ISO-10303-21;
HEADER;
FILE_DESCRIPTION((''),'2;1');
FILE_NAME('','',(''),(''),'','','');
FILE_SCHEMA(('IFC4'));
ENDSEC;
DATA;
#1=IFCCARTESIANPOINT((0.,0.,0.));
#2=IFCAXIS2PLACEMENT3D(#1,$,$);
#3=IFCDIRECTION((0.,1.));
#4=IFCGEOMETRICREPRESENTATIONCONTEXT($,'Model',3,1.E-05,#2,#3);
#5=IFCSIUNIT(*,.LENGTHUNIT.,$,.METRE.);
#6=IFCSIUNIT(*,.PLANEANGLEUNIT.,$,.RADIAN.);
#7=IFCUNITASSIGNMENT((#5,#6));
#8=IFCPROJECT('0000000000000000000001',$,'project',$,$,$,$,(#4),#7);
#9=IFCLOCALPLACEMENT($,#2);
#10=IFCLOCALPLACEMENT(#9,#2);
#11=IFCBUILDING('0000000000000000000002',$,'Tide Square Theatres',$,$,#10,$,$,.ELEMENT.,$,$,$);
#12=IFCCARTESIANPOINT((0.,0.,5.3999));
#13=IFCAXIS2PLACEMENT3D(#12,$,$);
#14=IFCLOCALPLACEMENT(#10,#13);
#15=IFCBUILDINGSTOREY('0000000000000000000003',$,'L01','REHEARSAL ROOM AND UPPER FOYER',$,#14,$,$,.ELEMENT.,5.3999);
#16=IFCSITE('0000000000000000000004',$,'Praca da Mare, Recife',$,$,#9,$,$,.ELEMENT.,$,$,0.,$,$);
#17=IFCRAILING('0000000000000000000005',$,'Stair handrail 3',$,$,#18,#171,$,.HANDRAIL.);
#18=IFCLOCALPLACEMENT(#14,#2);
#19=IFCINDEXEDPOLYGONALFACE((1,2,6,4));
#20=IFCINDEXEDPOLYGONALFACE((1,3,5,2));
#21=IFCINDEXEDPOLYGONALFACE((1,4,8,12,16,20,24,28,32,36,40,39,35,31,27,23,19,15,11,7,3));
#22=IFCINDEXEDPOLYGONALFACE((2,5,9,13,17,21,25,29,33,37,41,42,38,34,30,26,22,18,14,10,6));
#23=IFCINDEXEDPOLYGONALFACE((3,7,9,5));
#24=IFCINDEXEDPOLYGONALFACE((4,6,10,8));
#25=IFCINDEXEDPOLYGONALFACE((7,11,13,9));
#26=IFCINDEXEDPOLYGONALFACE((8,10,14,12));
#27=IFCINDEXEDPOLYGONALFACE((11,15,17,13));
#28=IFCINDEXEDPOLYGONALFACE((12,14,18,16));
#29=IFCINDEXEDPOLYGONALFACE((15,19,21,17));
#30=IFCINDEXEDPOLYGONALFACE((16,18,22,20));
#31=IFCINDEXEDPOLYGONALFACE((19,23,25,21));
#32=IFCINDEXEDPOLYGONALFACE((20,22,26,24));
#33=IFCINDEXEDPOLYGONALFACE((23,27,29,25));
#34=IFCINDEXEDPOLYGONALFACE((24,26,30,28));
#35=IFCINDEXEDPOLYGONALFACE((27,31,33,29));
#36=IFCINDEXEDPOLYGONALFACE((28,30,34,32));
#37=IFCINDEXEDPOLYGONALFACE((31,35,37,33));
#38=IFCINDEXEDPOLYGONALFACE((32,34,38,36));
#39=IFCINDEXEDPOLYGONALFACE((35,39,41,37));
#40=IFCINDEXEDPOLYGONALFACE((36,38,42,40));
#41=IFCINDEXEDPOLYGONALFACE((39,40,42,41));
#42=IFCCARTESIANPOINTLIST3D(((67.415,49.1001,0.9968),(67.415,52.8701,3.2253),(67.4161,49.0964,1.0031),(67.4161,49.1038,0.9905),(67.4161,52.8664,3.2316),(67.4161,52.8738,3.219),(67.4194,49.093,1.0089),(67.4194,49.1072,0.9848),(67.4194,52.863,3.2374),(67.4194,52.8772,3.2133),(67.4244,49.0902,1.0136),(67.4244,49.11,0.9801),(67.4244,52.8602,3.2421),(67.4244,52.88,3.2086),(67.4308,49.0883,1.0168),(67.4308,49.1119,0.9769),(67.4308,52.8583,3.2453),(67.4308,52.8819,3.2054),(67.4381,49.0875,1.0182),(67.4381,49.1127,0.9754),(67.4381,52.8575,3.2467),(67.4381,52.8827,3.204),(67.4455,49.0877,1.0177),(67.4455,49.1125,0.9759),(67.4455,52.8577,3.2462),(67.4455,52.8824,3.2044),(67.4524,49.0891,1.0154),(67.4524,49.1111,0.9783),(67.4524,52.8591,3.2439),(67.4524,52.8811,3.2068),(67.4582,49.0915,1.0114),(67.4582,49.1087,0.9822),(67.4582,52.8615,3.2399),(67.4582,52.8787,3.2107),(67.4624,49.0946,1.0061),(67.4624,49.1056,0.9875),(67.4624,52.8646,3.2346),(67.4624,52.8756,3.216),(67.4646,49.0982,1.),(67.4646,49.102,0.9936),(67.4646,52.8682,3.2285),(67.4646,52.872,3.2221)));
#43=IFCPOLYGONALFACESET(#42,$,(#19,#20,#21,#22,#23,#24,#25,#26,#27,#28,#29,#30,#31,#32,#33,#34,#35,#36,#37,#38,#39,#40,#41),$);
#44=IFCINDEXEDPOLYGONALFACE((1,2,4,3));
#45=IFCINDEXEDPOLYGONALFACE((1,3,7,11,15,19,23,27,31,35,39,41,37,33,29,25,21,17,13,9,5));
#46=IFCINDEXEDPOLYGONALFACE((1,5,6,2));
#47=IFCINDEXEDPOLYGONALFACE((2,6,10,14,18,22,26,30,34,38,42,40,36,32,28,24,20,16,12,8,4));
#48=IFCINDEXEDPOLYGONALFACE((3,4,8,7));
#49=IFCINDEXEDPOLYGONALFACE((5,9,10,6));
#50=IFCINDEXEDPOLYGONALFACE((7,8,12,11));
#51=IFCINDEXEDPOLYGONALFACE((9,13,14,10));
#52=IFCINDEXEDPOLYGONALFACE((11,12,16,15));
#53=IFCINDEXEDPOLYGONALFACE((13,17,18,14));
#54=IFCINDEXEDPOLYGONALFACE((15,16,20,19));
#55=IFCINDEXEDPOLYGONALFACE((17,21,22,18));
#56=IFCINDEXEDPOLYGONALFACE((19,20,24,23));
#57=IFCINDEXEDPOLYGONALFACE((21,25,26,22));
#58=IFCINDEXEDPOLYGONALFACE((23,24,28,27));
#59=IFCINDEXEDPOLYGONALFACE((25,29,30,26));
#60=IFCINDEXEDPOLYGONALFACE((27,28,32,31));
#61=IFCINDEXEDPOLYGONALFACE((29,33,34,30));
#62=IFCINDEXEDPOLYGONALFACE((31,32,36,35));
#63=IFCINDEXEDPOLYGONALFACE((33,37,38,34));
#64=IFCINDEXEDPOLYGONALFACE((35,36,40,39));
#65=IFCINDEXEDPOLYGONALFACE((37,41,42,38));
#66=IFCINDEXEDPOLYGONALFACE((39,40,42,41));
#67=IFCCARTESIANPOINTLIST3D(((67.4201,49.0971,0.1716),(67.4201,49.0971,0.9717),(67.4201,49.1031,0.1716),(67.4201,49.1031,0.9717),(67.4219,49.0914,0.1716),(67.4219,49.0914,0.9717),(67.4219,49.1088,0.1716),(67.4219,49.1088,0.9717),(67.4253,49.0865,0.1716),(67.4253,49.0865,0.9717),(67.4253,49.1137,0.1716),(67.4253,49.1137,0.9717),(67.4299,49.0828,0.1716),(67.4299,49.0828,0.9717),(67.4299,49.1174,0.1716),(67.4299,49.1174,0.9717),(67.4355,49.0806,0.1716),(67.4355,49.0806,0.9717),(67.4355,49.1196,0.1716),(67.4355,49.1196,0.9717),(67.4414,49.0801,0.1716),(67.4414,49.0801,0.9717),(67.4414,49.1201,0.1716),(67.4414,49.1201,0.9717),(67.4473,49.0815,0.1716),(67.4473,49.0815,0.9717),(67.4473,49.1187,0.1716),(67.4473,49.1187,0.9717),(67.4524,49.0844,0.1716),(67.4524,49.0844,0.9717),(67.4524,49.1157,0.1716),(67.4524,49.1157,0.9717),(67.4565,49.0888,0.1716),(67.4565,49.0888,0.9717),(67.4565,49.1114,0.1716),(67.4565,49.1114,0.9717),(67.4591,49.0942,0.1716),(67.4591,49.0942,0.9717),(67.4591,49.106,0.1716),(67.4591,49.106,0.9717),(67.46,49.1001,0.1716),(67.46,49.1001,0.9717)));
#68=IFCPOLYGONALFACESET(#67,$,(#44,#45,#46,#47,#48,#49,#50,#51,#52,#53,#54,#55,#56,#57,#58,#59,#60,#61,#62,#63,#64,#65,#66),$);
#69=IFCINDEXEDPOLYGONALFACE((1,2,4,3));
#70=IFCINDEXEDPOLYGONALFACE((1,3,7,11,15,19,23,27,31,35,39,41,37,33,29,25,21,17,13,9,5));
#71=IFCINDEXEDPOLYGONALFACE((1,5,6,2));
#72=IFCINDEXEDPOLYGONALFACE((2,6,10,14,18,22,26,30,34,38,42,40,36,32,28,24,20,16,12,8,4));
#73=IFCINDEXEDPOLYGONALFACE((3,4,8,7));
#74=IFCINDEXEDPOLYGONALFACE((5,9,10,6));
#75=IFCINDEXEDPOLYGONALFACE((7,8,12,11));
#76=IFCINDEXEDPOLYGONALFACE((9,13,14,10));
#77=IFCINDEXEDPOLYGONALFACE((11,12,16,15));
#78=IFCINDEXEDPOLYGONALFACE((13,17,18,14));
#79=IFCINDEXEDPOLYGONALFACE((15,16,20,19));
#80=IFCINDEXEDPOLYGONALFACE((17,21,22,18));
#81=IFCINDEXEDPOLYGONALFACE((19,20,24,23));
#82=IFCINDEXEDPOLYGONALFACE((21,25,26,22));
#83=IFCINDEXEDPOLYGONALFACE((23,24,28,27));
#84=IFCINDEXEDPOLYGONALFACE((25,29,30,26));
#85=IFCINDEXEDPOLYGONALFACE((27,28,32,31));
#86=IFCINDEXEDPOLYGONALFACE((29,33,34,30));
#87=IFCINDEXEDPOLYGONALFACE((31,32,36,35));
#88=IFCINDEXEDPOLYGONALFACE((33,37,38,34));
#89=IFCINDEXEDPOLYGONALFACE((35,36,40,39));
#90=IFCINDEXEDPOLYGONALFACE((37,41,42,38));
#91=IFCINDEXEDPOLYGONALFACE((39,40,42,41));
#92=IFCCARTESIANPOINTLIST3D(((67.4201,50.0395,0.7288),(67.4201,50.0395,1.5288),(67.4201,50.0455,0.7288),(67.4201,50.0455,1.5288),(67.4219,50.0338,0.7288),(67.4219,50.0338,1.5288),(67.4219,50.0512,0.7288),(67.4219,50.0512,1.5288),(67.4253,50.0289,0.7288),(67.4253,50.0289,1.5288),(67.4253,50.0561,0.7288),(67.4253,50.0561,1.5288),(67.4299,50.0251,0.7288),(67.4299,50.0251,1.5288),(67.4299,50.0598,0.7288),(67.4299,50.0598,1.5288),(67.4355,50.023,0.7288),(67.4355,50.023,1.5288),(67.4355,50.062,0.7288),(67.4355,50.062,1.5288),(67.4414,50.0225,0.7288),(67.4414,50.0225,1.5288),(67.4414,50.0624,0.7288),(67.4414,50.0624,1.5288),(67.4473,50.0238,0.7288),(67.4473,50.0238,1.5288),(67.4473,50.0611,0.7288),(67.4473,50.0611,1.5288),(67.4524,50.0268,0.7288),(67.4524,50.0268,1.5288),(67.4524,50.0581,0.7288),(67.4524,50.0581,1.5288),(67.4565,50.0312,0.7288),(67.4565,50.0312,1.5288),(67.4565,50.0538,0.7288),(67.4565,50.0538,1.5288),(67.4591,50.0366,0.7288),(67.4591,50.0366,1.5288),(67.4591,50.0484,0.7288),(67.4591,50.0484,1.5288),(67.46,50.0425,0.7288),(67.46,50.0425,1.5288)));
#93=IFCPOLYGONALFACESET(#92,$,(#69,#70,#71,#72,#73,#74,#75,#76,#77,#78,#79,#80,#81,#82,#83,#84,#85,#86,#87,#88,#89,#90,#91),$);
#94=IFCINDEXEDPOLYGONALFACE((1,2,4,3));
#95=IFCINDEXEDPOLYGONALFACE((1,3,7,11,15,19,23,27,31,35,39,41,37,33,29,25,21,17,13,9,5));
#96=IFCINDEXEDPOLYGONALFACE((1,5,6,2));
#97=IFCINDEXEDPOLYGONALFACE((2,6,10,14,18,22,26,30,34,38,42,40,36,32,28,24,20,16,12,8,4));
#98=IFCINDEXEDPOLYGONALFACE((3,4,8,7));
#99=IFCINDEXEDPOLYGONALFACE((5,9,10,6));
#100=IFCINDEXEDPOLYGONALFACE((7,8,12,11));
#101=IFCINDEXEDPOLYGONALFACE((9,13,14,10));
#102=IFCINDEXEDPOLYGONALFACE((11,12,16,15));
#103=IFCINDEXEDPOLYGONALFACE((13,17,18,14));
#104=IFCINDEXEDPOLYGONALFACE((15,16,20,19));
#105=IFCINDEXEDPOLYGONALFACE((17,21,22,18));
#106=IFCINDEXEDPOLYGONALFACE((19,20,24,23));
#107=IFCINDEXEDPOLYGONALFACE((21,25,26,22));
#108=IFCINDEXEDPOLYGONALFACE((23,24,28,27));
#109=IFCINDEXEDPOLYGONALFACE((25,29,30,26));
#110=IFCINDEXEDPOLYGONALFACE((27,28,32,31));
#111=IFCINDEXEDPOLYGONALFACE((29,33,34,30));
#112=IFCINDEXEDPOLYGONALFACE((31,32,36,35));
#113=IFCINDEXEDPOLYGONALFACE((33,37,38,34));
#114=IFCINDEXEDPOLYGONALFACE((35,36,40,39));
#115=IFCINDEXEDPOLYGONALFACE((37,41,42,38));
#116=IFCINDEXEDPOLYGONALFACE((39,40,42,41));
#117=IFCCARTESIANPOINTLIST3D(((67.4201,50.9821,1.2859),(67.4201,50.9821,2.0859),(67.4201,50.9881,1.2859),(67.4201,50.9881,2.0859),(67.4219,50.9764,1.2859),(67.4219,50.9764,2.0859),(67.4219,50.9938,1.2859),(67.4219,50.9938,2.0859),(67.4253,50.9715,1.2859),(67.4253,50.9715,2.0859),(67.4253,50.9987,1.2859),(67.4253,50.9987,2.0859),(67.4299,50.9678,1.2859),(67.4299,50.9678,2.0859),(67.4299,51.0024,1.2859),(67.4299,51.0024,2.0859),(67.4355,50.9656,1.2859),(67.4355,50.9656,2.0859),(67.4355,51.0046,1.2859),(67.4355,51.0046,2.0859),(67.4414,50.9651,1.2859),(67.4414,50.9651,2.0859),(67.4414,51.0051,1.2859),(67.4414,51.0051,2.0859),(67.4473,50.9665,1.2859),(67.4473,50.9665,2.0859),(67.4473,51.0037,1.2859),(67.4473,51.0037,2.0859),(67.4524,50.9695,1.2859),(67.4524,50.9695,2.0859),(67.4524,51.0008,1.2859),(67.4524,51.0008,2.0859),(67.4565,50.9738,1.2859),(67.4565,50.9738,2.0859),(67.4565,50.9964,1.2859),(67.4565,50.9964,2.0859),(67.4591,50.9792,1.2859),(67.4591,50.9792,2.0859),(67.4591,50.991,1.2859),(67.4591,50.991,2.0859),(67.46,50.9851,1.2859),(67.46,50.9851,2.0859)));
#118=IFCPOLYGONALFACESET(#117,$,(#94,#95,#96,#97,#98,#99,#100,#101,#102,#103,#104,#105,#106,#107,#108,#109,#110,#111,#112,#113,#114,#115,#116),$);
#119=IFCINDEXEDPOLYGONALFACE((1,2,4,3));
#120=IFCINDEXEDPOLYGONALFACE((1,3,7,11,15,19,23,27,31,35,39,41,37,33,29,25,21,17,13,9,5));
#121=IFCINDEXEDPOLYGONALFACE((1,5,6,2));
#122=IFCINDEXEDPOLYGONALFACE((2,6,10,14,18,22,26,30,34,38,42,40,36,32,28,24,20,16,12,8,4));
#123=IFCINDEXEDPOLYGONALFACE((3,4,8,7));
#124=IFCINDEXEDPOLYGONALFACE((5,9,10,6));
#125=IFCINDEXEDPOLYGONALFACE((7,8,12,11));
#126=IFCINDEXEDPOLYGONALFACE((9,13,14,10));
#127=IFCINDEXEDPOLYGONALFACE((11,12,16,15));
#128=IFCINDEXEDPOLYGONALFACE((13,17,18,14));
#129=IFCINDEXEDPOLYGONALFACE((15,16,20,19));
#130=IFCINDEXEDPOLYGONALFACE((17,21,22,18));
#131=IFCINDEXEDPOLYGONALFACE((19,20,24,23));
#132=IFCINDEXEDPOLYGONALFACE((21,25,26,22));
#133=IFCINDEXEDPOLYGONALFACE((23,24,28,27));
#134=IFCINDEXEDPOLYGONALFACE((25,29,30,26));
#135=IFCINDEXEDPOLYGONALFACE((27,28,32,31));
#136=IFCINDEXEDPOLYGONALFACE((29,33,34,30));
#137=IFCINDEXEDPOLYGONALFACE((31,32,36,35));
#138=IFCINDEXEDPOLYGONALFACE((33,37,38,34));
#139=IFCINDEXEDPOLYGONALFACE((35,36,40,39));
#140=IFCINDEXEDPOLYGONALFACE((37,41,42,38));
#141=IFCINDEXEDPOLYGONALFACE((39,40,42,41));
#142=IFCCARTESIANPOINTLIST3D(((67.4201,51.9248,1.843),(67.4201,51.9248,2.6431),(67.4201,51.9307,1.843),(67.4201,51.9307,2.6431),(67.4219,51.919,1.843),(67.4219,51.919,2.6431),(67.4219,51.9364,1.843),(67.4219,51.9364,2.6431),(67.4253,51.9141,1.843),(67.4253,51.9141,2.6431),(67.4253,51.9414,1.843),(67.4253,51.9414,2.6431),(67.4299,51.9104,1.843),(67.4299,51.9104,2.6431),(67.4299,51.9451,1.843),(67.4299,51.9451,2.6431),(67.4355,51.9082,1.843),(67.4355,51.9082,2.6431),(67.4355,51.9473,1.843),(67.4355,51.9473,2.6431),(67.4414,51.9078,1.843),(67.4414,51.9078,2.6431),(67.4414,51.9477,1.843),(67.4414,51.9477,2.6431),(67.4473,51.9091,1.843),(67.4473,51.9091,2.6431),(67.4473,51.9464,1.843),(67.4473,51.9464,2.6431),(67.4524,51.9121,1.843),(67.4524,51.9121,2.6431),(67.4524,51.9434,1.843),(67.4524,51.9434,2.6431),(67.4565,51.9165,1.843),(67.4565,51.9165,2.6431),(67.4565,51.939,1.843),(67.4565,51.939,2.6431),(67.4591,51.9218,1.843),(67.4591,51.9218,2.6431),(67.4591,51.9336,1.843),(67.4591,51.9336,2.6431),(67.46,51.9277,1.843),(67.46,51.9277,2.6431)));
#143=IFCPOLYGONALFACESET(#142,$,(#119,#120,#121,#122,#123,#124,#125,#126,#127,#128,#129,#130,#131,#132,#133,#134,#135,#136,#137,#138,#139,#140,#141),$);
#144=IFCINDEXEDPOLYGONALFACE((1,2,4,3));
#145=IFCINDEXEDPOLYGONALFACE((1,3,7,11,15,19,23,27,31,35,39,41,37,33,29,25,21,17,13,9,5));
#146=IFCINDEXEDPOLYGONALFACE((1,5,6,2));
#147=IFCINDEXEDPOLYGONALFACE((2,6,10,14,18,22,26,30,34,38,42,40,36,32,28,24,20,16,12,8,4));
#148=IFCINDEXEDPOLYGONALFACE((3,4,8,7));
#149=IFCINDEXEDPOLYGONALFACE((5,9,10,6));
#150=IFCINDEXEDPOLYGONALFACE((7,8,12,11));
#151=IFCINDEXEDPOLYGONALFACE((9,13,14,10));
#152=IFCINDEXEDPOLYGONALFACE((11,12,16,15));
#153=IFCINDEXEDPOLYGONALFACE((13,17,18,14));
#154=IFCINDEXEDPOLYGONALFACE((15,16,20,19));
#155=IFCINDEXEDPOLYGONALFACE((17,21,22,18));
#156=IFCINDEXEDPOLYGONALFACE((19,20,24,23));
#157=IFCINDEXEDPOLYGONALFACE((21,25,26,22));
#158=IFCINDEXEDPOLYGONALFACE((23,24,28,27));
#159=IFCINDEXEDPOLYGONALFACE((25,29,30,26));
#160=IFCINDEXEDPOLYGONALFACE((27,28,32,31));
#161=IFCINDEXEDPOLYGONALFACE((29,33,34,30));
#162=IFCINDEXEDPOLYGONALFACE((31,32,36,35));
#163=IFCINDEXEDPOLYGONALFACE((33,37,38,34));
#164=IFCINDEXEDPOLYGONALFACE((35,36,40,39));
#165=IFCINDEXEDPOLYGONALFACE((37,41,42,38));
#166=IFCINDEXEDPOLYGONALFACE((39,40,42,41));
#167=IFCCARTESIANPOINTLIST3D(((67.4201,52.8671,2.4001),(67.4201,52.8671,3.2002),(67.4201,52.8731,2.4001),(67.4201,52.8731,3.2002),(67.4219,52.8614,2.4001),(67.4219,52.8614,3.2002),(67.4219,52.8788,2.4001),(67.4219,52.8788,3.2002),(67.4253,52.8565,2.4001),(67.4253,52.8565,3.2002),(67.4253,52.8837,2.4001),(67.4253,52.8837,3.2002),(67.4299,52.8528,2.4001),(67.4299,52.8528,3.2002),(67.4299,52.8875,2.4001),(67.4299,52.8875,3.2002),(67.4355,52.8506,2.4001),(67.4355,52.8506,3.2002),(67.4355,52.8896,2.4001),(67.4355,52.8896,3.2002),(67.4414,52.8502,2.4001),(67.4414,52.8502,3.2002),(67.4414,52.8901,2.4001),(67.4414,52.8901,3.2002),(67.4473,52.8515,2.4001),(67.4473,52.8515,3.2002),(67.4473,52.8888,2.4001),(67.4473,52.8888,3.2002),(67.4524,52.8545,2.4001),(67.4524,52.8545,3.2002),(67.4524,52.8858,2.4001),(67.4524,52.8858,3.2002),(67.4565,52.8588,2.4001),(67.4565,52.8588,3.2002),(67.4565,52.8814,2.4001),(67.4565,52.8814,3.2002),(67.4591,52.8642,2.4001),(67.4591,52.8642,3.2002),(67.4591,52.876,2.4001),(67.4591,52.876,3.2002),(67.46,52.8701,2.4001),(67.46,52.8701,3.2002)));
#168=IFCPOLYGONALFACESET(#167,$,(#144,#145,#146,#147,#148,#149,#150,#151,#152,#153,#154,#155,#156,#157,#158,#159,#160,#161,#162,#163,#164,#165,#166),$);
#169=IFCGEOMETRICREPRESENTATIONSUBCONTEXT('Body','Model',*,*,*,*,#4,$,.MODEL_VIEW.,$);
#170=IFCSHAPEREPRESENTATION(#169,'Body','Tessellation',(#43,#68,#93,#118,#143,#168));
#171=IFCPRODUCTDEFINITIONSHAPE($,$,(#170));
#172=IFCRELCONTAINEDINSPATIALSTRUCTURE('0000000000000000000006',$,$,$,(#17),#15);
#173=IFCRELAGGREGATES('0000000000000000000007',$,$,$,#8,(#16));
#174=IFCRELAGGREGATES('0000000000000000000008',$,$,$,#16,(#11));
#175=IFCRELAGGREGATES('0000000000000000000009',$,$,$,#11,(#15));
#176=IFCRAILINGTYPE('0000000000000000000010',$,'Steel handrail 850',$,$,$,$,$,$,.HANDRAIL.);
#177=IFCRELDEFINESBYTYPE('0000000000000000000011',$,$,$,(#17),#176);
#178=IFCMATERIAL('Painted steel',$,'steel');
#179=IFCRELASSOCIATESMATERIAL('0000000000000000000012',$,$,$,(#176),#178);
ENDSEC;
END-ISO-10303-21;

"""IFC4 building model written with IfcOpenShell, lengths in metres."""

from ifc_helpers import new_model, si_unit, direction, frame, origin, origin_2d, place, context, subcontext, project, spatial, circle, extrude, material, type_object, element, save


model = new_model("IFC4")

# Units and contexts
model_context = context("Model", 3, precision=1e-05, world=origin(), true_north=direction((0.0, 1.0)))
body_context = subcontext(model_context, "Body", "Model", "MODEL_VIEW")
ifc_project = project(units=[si_unit("LENGTHUNIT", "METRE"), si_unit("PLANEANGLEUNIT", "RADIAN")], contexts=[model_context])

# Site, building, storey
site_placement = place(None, origin())
site = spatial("IfcSite", under=ifc_project, at=site_placement, Name="Praca da Mare, Recife", CompositionType="ELEMENT", RefElevation=0.0)
building_placement = place(site_placement, origin())
building = spatial("IfcBuilding", under=site, at=building_placement, Name="Tide Square Theatres", CompositionType="ELEMENT")
storey_placement = place(building_placement, frame((0.0, 0.0, 5.3999)))
storey = spatial("IfcBuildingStorey", under=building, at=storey_placement, Name="L01", Description="REHEARSAL ROOM AND UPPER FOYER", CompositionType="ELEMENT", Elevation=5.3999)

# Railing
ifc_material_1 = material(Name="Painted steel", Category="steel")
railing_type = type_object("IfcRailingType", Name="Steel handrail 850", PredefinedType="HANDRAIL", material=ifc_material_1)
for number, where, name in (
    (1, (67.4399, 49.1001, 0.1716), "Stair handrail 3"),
):
    element("IfcRailing", number, at=place(storey_placement, frame(where)), inside=storey, type_object=railing_type, Name=name, PredefinedType="HANDRAIL", context=body_context, shape_type="SweptSolid", body=[
        extrude(circle(Radius=0.0249, at=origin_2d()), frame((0.0, 0.0, 0.8252), z_axis=(0.0, 0.860849, 0.508861), x_axis=(-1.0, 0.0, 0.0)), (0.0, 0.0, 1.0), 4.3794),
        extrude(circle(Radius=0.02, at=origin_2d()), origin(), (0.0, 0.0, 1.0), 0.8),
        extrude(circle(Radius=0.02, at=origin_2d()), frame((0.0, 0.9424, 0.5571)), (0.0, 0.0, 1.0), 0.8),
        extrude(circle(Radius=0.02, at=origin_2d()), frame((0.0, 1.885, 1.1143)), (0.0, 0.0, 1.0), 0.8),
        extrude(circle(Radius=0.02, at=origin_2d()), frame((0.0, 2.8276, 1.6714)), (0.0, 0.0, 1.0), 0.8),
        extrude(circle(Radius=0.02, at=origin_2d()), frame((0.0, 3.77, 2.2285)), (0.0, 0.0, 1.0), 0.8),
    ])

save(model, "model.ifc")
